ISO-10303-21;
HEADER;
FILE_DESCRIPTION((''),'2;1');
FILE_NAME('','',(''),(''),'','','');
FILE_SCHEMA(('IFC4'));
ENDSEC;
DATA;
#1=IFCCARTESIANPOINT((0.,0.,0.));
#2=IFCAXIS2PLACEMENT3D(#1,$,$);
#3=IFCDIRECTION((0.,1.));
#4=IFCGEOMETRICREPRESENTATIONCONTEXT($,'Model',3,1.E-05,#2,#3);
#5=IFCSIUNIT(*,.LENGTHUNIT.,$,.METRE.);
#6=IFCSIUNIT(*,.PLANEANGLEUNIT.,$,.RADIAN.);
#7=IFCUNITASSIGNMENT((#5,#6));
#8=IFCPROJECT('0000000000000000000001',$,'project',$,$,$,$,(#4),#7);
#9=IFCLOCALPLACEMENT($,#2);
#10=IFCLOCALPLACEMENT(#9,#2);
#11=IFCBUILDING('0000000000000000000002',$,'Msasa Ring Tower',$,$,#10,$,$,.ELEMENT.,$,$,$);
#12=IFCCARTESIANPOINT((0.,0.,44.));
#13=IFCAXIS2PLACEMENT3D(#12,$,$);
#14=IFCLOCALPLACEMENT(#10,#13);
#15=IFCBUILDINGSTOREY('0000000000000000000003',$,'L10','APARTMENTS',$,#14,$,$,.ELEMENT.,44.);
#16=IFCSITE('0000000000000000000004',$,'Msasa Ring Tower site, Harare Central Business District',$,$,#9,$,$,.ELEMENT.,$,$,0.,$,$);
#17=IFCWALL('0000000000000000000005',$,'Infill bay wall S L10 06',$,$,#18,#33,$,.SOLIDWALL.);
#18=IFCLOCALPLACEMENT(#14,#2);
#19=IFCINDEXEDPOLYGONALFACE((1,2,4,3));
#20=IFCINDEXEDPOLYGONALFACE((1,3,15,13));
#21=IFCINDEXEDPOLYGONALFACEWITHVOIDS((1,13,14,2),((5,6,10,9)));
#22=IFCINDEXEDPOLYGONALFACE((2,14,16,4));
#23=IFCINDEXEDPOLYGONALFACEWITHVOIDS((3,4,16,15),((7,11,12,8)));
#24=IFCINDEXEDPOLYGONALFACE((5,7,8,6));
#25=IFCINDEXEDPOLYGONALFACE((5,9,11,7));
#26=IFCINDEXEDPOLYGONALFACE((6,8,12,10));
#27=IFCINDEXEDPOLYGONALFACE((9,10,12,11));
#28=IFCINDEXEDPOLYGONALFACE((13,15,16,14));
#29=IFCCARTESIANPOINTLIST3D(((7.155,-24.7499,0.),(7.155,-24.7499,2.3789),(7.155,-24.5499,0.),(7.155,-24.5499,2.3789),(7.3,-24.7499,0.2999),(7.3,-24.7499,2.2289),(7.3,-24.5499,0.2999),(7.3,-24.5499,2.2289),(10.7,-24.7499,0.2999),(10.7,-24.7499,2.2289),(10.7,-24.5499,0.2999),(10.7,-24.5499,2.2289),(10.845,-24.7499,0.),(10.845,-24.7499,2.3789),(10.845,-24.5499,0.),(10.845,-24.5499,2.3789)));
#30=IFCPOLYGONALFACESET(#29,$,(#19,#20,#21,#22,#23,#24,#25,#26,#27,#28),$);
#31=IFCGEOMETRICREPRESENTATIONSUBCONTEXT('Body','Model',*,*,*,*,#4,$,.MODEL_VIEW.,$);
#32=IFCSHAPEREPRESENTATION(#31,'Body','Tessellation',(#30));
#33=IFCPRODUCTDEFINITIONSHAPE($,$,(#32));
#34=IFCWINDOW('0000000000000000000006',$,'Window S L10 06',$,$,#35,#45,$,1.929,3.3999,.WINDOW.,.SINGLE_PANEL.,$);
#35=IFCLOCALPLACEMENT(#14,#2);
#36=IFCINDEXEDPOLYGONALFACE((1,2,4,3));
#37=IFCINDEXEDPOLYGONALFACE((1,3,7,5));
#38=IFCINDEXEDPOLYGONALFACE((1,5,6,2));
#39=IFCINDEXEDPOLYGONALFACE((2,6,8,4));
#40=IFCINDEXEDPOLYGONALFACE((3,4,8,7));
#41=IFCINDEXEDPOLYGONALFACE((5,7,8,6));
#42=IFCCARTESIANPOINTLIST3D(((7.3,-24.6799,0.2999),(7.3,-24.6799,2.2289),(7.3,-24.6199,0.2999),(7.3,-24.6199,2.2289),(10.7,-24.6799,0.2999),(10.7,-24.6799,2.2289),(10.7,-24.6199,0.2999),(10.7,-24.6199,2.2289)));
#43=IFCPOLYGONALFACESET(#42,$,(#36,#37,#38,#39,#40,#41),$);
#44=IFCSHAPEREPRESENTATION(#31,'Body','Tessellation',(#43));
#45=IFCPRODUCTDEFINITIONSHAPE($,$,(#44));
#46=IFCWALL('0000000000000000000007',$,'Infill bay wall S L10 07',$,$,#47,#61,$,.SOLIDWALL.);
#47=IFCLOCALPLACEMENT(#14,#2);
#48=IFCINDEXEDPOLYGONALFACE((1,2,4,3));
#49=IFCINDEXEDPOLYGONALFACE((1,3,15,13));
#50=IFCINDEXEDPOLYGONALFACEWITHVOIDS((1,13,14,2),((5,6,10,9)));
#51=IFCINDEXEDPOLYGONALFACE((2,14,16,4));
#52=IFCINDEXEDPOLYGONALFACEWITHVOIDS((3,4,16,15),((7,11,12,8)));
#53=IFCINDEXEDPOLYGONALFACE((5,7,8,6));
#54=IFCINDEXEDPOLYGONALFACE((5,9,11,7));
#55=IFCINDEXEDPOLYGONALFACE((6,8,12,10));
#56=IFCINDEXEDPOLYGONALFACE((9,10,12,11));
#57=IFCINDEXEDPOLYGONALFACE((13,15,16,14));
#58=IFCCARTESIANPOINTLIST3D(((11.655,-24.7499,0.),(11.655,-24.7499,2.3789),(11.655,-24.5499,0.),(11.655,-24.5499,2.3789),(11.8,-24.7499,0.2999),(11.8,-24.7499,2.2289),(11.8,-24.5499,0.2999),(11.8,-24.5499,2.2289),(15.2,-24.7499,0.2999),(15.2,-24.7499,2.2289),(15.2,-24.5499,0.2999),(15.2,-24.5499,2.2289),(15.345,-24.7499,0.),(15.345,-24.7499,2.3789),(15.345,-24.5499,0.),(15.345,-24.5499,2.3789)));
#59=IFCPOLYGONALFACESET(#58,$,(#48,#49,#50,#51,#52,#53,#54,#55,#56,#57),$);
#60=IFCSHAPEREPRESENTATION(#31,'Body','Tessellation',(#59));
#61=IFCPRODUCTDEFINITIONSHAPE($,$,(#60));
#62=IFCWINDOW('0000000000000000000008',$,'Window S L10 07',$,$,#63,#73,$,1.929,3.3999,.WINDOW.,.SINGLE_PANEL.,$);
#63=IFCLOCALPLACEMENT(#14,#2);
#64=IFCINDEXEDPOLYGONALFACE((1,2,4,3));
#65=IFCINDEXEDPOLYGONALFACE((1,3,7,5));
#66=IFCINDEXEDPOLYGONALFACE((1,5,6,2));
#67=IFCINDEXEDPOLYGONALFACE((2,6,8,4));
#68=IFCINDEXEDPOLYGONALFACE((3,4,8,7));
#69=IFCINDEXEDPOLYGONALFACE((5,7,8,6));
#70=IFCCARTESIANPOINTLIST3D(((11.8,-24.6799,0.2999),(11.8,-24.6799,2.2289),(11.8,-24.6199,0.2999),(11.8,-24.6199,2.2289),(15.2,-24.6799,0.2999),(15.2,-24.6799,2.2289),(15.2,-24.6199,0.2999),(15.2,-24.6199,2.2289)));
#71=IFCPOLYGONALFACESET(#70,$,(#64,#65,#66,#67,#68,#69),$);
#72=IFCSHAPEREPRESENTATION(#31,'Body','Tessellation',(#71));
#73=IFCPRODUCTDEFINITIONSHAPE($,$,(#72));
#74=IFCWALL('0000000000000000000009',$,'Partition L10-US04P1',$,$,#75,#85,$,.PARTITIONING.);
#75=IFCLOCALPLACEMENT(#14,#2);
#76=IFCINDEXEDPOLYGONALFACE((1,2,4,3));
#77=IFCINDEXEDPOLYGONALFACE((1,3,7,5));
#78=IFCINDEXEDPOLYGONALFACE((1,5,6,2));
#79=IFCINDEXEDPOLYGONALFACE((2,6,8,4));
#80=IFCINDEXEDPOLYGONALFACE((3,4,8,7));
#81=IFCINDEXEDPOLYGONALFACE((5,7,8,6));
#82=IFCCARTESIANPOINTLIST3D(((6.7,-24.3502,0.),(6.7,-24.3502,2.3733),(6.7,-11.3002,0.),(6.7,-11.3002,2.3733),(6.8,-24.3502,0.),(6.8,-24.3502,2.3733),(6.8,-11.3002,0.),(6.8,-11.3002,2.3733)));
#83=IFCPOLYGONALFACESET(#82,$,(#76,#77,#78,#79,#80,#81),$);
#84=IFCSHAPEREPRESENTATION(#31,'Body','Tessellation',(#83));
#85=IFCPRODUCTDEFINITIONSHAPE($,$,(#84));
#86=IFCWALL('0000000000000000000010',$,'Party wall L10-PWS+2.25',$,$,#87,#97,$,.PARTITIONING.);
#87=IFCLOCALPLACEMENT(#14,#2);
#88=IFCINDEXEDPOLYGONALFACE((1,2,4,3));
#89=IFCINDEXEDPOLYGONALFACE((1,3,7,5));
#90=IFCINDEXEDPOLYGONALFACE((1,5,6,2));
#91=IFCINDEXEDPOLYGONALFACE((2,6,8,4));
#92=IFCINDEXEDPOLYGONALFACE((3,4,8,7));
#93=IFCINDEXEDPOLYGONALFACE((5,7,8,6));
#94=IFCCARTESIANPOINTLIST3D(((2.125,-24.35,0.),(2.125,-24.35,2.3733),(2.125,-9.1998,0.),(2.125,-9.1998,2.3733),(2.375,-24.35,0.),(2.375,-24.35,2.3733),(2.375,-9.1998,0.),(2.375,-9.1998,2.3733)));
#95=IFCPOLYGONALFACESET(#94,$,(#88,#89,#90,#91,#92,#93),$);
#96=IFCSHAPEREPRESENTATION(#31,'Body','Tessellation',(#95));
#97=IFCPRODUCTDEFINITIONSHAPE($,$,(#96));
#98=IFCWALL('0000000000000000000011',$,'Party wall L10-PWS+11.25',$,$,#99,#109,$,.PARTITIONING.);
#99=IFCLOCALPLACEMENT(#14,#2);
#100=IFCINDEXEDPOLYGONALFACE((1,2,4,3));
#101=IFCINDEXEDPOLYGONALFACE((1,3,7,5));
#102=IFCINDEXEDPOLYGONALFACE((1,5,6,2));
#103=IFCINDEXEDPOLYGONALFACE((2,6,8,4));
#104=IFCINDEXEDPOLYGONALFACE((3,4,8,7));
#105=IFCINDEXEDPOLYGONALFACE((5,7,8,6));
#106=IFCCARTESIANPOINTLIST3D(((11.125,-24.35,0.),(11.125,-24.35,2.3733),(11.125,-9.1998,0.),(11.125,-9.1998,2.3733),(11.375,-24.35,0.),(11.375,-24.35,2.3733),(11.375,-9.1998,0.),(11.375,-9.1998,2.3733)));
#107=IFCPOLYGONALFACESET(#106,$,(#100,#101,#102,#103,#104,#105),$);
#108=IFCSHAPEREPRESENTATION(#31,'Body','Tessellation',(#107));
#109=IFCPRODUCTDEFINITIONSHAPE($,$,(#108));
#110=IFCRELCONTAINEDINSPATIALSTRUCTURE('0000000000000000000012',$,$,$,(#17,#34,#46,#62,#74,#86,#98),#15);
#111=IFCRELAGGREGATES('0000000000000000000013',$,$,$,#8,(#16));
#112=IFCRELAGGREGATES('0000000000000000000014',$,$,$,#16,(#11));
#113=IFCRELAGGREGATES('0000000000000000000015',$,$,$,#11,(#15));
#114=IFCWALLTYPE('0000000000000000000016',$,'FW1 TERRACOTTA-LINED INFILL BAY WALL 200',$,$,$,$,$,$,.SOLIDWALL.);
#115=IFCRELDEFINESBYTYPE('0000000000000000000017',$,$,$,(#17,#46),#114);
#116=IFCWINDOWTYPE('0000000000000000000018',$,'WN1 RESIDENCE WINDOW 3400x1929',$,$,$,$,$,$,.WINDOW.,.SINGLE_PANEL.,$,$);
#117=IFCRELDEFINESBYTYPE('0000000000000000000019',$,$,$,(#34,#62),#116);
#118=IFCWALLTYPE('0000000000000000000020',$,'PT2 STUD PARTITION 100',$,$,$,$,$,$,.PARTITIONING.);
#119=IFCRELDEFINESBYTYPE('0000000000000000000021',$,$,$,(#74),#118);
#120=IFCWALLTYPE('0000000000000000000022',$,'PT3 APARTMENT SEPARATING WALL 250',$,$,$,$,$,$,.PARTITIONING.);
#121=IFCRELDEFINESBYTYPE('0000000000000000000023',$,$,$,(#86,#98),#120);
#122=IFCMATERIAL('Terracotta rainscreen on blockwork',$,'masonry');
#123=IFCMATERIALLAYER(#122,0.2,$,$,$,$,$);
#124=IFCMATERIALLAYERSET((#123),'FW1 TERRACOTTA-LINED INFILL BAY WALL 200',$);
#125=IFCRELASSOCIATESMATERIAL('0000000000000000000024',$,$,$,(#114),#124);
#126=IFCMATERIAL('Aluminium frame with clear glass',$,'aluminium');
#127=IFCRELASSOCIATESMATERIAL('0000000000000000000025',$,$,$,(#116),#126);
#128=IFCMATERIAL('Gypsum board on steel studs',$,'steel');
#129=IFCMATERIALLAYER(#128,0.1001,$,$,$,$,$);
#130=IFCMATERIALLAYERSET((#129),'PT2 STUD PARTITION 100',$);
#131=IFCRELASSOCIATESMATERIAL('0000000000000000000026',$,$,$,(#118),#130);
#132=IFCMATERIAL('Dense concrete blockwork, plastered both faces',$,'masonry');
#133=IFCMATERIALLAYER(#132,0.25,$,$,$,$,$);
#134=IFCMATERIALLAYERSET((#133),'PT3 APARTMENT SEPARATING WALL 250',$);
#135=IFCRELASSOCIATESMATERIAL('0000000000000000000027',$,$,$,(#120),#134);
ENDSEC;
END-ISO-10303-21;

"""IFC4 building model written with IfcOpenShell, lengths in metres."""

from ifc_helpers import new_model, si_unit, direction, frame, frame_2d, origin, place, context, subcontext, project, spatial, rectangle, extrude, material, layer, layer_set, type_object, element, fill, save


model = new_model("IFC4")

# Units and contexts
model_context = context("Model", 3, precision=1e-05, world=origin(), true_north=direction((0.0, 1.0)))
body_context = subcontext(model_context, "Body", "Model", "MODEL_VIEW")
ifc_project = project(units=[si_unit("LENGTHUNIT", "METRE"), si_unit("PLANEANGLEUNIT", "RADIAN")], contexts=[model_context])

# Site, building, storey
site_placement = place(None, origin())
site = spatial("IfcSite", under=ifc_project, at=site_placement, Name="Msasa Ring Tower site, Harare Central Business District", CompositionType="ELEMENT", RefElevation=0.0)
building_placement = place(site_placement, origin())
building = spatial("IfcBuilding", under=site, at=building_placement, Name="Msasa Ring Tower", CompositionType="ELEMENT")
storey_placement = place(building_placement, frame((0.0, 0.0, 44.0)))
storey = spatial("IfcBuildingStorey", under=building, at=storey_placement, Name="L10", Description="APARTMENTS", CompositionType="ELEMENT", Elevation=44.0)

# Walls, openings, windows
ifc_material_1 = material(Name="Terracotta rainscreen on blockwork", Category="masonry")
ifc_layer_1 = layer(ifc_material_1, 0.2)
ifc_layer_set_1 = layer_set([ifc_layer_1], Name="FW1 TERRACOTTA-LINED INFILL BAY WALL 200")
wall_type_1 = type_object("IfcWallType", Name="FW1 TERRACOTTA-LINED INFILL BAY WALL 200", PredefinedType="SOLIDWALL", material=ifc_layer_set_1)
ifc_material_2 = material(Name="Aluminium frame with clear glass", Category="aluminium")
window_type = type_object("IfcWindowType", Name="WN1 RESIDENCE WINDOW 3400x1929", PartitioningType="SINGLE_PANEL", PredefinedType="WINDOW", material=ifc_material_2)
wall_1_placement = place(storey_placement, frame((7.155, -24.6499, 0.0), z_axis=(0.0, 0.0, 1.0), x_axis=(1.0, 0.0, 0.0)))
wall_1 = element("IfcWall", 1, at=wall_1_placement, inside=storey, type_object=wall_type_1, Name="Infill bay wall S L10 06", PredefinedType="SOLIDWALL", context=body_context, shape_type="SweptSolid", body=[
    extrude(rectangle(XDim=3.6899, YDim=0.2, at=frame_2d((1.845, 0.0))), origin(), (0.0, 0.0, 1.0), 2.3789),
])
opening_1_placement = place(wall_1_placement, frame((0.145, 0.0, 0.3)))
opening_1 = element("IfcOpeningElement", 2, at=opening_1_placement, cuts=wall_1, PredefinedType="OPENING", context=body_context, shape_type="SweptSolid", body=[
    extrude(rectangle(XDim=3.3999, YDim=1.929, at=frame_2d((1.7, 0.9644))), frame((0.0, 0.1099, 0.0), z_axis=(0.0, -1.0, 0.0), x_axis=(1.0, 0.0, 0.0)), (0.0, 0.0, 1.0), 0.22),
])
window_1_placement = place(opening_1_placement, origin())
window_1 = element("IfcWindow", 3, at=window_1_placement, inside=storey, type_object=window_type, Name="Window S L10 06", OverallHeight=1.929, OverallWidth=3.3999, PartitioningType="SINGLE_PANEL", PredefinedType="WINDOW", context=body_context, shape_type="SweptSolid", body=[
    extrude(rectangle(XDim=3.3999, YDim=1.929, at=frame_2d((1.7, 0.9644))), frame((0.0, 0.03, 0.0), z_axis=(0.0, -1.0, 0.0), x_axis=(1.0, 0.0, 0.0)), (0.0, 0.0, 1.0), 0.0601),
])
fill(opening_1, window_1)
wall_2_placement = place(storey_placement, frame((11.655, -24.6499, 0.0), z_axis=(0.0, 0.0, 1.0), x_axis=(1.0, 0.0, 0.0)))
wall_2 = element("IfcWall", 4, at=wall_2_placement, inside=storey, type_object=wall_type_1, Name="Infill bay wall S L10 07", PredefinedType="SOLIDWALL", context=body_context, shape_type="SweptSolid", body=[
    extrude(rectangle(XDim=3.6899, YDim=0.2, at=frame_2d((1.845, 0.0))), origin(), (0.0, 0.0, 1.0), 2.3789),
])
opening_2_placement = place(wall_2_placement, frame((0.145, 0.0, 0.3)))
opening_2 = element("IfcOpeningElement", 5, at=opening_2_placement, cuts=wall_2, PredefinedType="OPENING", context=body_context, shape_type="SweptSolid", body=[
    extrude(rectangle(XDim=3.3999, YDim=1.929, at=frame_2d((1.7, 0.9644))), frame((0.0, 0.1099, 0.0), z_axis=(0.0, -1.0, 0.0), x_axis=(1.0, 0.0, 0.0)), (0.0, 0.0, 1.0), 0.22),
])
window_2_placement = place(opening_2_placement, origin())
window_2 = element("IfcWindow", 6, at=window_2_placement, inside=storey, type_object=window_type, Name="Window S L10 07", OverallHeight=1.929, OverallWidth=3.3999, PartitioningType="SINGLE_PANEL", PredefinedType="WINDOW", context=body_context, shape_type="SweptSolid", body=[
    extrude(rectangle(XDim=3.3999, YDim=1.929, at=frame_2d((1.7, 0.9644))), frame((0.0, 0.03, 0.0), z_axis=(0.0, -1.0, 0.0), x_axis=(1.0, 0.0, 0.0)), (0.0, 0.0, 1.0), 0.0601),
])
fill(opening_2, window_2)

# Walls
ifc_material_3 = material(Name="Gypsum board on steel studs", Category="steel")
ifc_layer_2 = layer(ifc_material_3, 0.1001)
ifc_layer_set_2 = layer_set([ifc_layer_2], Name="PT2 STUD PARTITION 100")
wall_type_2 = type_object("IfcWallType", Name="PT2 STUD PARTITION 100", PredefinedType="PARTITIONING", material=ifc_layer_set_2)
wall_3_placement = place(storey_placement, frame((6.75, -24.3501, 0.0), z_axis=(0.0, 0.0, 1.0), x_axis=(0.0, 1.0, 0.0)))
element("IfcWall", 7, at=wall_3_placement, inside=storey, type_object=wall_type_2, Name="Partition L10-US04P1", PredefinedType="PARTITIONING", context=body_context, shape_type="SweptSolid", body=[
    extrude(rectangle(XDim=13.05, YDim=0.1001, at=frame_2d((6.5249, 0.0))), origin(), (0.0, 0.0, 1.0), 2.3733),
])
ifc_material_4 = material(Name="Dense concrete blockwork, plastered both faces", Category="masonry")
ifc_layer_3 = layer(ifc_material_4, 0.25)
ifc_layer_set_3 = layer_set([ifc_layer_3], Name="PT3 APARTMENT SEPARATING WALL 250")
wall_type_3 = type_object("IfcWallType", Name="PT3 APARTMENT SEPARATING WALL 250", PredefinedType="PARTITIONING", material=ifc_layer_set_3)
for number, where, z_axis, x_axis, name in (
    (8, (2.25, -24.3501, 0.0), (0.0, 0.0, 1.0), (0.0, 1.0, 0.0), "Party wall L10-PWS+2.25"),
    (9, (11.25, -24.3501, 0.0), (0.0, 0.0, 1.0), (0.0, 1.0, 0.0), "Party wall L10-PWS+11.25"),
):
    element("IfcWall", number, at=place(storey_placement, frame(where, z_axis=z_axis, x_axis=x_axis)), inside=storey, type_object=wall_type_3, Name=name, PredefinedType="PARTITIONING", context=body_context, shape_type="SweptSolid", body=[
        extrude(rectangle(XDim=15.1501, YDim=0.25, at=frame_2d((7.5752, 0.0))), origin(), (0.0, 0.0, 1.0), 2.3733),
    ])

save(model, "model.ifc")
